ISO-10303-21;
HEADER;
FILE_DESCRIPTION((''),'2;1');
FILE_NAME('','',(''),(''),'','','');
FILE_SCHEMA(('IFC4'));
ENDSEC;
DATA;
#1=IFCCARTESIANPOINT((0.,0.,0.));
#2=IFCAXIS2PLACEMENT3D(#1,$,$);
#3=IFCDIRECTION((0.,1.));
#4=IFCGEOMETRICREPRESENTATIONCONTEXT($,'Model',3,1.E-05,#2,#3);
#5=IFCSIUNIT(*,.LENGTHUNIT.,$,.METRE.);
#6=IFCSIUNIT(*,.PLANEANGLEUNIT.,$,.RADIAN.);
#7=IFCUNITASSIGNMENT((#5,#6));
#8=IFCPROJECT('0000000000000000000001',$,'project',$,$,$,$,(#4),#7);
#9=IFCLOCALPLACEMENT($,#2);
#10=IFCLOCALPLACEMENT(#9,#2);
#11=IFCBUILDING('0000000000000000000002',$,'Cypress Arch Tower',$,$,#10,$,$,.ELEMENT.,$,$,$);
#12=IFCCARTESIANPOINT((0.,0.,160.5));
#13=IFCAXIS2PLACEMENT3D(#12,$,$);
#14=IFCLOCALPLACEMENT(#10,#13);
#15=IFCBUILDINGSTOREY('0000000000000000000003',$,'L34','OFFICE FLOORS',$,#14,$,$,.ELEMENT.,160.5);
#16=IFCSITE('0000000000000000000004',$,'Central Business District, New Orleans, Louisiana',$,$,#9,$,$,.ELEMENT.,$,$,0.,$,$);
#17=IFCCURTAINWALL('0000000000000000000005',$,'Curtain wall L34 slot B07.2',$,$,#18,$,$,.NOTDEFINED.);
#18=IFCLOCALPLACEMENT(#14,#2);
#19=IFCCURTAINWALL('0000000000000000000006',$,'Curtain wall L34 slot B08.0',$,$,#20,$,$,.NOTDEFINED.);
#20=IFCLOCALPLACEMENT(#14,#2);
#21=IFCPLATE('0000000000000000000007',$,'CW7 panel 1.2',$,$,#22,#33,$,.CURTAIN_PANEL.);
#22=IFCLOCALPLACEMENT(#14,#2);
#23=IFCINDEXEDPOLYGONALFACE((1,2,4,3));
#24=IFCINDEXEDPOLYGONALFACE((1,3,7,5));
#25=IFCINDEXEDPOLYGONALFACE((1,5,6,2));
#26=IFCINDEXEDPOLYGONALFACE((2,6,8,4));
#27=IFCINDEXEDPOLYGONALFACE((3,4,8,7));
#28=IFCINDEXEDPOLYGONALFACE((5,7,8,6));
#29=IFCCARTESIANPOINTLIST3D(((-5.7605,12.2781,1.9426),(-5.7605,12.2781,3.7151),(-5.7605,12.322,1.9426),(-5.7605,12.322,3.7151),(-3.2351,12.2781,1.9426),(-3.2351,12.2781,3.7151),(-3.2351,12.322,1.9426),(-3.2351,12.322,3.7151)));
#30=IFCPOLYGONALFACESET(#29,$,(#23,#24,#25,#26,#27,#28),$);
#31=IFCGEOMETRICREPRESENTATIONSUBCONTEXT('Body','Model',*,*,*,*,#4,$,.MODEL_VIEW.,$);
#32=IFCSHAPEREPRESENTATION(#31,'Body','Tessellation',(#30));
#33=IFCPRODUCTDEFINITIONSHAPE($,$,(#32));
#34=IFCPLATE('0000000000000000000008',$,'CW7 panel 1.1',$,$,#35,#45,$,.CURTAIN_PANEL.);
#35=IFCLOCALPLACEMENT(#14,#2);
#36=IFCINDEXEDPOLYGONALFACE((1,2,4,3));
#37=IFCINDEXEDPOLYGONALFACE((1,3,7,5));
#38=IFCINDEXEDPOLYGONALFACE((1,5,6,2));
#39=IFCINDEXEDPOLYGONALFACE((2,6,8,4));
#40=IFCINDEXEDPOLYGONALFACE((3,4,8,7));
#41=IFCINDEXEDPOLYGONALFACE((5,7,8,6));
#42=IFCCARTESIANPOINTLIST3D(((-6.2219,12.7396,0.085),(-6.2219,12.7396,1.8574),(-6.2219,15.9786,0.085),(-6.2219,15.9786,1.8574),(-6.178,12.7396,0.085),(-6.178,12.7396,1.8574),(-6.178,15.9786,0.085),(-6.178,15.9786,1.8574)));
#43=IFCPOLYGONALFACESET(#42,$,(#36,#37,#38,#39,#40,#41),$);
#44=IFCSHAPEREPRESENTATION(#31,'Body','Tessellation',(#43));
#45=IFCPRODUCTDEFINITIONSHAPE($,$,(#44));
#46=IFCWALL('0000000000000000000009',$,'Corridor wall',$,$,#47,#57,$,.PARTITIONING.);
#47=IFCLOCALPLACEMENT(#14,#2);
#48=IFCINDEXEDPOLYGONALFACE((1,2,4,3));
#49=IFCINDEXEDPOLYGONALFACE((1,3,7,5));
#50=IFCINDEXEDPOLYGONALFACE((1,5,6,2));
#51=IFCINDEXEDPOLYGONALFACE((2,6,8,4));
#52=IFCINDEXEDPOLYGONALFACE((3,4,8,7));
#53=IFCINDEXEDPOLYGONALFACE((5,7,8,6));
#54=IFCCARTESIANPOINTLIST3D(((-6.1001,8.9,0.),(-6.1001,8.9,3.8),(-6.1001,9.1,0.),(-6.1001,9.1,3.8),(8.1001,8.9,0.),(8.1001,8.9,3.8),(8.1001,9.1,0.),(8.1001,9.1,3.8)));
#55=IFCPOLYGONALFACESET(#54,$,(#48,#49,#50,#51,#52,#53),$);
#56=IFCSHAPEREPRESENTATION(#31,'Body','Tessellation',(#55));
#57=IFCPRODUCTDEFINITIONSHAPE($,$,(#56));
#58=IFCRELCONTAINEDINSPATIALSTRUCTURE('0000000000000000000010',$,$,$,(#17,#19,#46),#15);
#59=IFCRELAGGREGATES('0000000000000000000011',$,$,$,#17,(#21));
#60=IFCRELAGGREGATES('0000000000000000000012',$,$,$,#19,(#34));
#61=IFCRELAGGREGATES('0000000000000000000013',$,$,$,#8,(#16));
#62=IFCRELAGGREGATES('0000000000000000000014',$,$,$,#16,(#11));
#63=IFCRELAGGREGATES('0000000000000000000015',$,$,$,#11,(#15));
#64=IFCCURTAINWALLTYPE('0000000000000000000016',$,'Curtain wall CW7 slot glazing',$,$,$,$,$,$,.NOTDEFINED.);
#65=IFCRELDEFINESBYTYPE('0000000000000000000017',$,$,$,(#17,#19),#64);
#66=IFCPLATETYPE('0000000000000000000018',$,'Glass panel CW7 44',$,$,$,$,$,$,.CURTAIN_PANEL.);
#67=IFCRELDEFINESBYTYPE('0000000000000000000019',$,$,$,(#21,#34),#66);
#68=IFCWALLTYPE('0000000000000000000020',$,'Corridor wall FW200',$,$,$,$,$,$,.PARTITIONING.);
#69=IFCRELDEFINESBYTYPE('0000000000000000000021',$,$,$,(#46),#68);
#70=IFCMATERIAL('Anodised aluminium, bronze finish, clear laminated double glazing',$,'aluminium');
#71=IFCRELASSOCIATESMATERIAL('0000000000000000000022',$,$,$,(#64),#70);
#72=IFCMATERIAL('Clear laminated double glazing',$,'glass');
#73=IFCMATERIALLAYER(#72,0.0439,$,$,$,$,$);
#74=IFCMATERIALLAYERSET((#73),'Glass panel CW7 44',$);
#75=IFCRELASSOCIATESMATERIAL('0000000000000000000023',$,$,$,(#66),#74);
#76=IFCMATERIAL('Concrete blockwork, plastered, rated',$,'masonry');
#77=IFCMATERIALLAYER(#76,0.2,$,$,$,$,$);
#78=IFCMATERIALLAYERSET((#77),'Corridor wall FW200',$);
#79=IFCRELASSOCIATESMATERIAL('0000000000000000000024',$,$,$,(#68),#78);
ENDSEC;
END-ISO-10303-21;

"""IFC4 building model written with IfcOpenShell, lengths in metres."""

from ifc_helpers import new_model, si_unit, direction, frame, frame_2d, origin, origin_2d, place, context, subcontext, project, spatial, rectangle, extrude, material, layer, layer_set, type_object, element, aggregate, save


model = new_model("IFC4")

# Units and contexts
model_context = context("Model", 3, precision=1e-05, world=origin(), true_north=direction((0.0, 1.0)))
body_context = subcontext(model_context, "Body", "Model", "MODEL_VIEW")
ifc_project = project(units=[si_unit("LENGTHUNIT", "METRE"), si_unit("PLANEANGLEUNIT", "RADIAN")], contexts=[model_context])

# Site, building, storey
site_placement = place(None, origin())
site = spatial("IfcSite", under=ifc_project, at=site_placement, Name="Central Business District, New Orleans, Louisiana", CompositionType="ELEMENT", RefElevation=0.0)
building_placement = place(site_placement, origin())
building = spatial("IfcBuilding", under=site, at=building_placement, Name="Cypress Arch Tower", CompositionType="ELEMENT")
storey_placement = place(building_placement, frame((0.0, 0.0, 160.5)))
storey = spatial("IfcBuildingStorey", under=building, at=storey_placement, Name="L34", Description="OFFICE FLOORS", CompositionType="ELEMENT", Elevation=160.5)

# Curtain wall
ifc_material_1 = material(Name="Anodised aluminium, bronze finish, clear laminated double glazing", Category="aluminium")
curtain_wall_type = type_object("IfcCurtainWallType", Name="Curtain wall CW7 slot glazing", PredefinedType="NOTDEFINED", material=ifc_material_1)
curtain_wall_1_placement = place(storey_placement, origin())
curtain_wall_1 = element("IfcCurtainWall", 1, at=curtain_wall_1_placement, inside=storey, type_object=curtain_wall_type, Name="Curtain wall L34 slot B07.2", PredefinedType="NOTDEFINED")

# Curtain wall
curtain_wall_2_placement = place(storey_placement, origin())
curtain_wall_2 = element("IfcCurtainWall", 2, at=curtain_wall_2_placement, inside=storey, type_object=curtain_wall_type, Name="Curtain wall L34 slot B08.0", PredefinedType="NOTDEFINED")

# Plates
ifc_material_2 = material(Name="Clear laminated double glazing", Category="glass")
ifc_layer_1 = layer(ifc_material_2, 0.0439)
ifc_layer_set_1 = layer_set([ifc_layer_1], Name="Glass panel CW7 44")
plate_type = type_object("IfcPlateType", Name="Glass panel CW7 44", PredefinedType="CURTAIN_PANEL", material=ifc_layer_set_1)
plate_1_placement = place(storey_placement, frame((-4.4978, 12.3, 1.9426), z_axis=(0.0, 0.0, 1.0), x_axis=(-1.0, 0.0, 0.0)))
plate_1 = element("IfcPlate", 3, at=plate_1_placement, type_object=plate_type, Name="CW7 panel 1.2", PredefinedType="CURTAIN_PANEL", context=body_context, shape_type="SweptSolid", body=[
    extrude(rectangle(XDim=2.5254, YDim=0.0439, at=origin_2d()), origin(), (0.0, 0.0, 1.0), 1.7725),
])
aggregate(curtain_wall_1, [plate_1])
plate_2_placement = place(storey_placement, frame((-6.2, 14.3591, 0.085), z_axis=(0.0, 0.0, 1.0), x_axis=(0.0, 1.0, 0.0)))
plate_2 = element("IfcPlate", 4, at=plate_2_placement, type_object=plate_type, Name="CW7 panel 1.1", PredefinedType="CURTAIN_PANEL", context=body_context, shape_type="SweptSolid", body=[
    extrude(rectangle(XDim=3.239, YDim=0.0439, at=origin_2d()), origin(), (0.0, 0.0, 1.0), 1.7725),
])
aggregate(curtain_wall_2, [plate_2])

# Shared definitions
ifc_material_3 = material(Name="Concrete blockwork, plastered, rated", Category="masonry")
ifc_layer_2 = layer(ifc_material_3, 0.2)
ifc_layer_set_2 = layer_set([ifc_layer_2], Name="Corridor wall FW200")
wall_type = type_object("IfcWallType", Name="Corridor wall FW200", PredefinedType="PARTITIONING", material=ifc_layer_set_2)

# Wall
wall_1_placement = place(storey_placement, frame((-6.1001, 9.0, 0.0), z_axis=(0.0, 0.0, 1.0), x_axis=(1.0, 0.0, 0.0)))
element("IfcWall", 5, at=wall_1_placement, inside=storey, type_object=wall_type, Name="Corridor wall", PredefinedType="PARTITIONING", context=body_context, shape_type="SweptSolid", body=[
    extrude(rectangle(XDim=14.2002, YDim=0.2, at=frame_2d((7.1001, 0.0))), origin(), (0.0, 0.0, 1.0), 3.8),
])

save(model, "model.ifc")
